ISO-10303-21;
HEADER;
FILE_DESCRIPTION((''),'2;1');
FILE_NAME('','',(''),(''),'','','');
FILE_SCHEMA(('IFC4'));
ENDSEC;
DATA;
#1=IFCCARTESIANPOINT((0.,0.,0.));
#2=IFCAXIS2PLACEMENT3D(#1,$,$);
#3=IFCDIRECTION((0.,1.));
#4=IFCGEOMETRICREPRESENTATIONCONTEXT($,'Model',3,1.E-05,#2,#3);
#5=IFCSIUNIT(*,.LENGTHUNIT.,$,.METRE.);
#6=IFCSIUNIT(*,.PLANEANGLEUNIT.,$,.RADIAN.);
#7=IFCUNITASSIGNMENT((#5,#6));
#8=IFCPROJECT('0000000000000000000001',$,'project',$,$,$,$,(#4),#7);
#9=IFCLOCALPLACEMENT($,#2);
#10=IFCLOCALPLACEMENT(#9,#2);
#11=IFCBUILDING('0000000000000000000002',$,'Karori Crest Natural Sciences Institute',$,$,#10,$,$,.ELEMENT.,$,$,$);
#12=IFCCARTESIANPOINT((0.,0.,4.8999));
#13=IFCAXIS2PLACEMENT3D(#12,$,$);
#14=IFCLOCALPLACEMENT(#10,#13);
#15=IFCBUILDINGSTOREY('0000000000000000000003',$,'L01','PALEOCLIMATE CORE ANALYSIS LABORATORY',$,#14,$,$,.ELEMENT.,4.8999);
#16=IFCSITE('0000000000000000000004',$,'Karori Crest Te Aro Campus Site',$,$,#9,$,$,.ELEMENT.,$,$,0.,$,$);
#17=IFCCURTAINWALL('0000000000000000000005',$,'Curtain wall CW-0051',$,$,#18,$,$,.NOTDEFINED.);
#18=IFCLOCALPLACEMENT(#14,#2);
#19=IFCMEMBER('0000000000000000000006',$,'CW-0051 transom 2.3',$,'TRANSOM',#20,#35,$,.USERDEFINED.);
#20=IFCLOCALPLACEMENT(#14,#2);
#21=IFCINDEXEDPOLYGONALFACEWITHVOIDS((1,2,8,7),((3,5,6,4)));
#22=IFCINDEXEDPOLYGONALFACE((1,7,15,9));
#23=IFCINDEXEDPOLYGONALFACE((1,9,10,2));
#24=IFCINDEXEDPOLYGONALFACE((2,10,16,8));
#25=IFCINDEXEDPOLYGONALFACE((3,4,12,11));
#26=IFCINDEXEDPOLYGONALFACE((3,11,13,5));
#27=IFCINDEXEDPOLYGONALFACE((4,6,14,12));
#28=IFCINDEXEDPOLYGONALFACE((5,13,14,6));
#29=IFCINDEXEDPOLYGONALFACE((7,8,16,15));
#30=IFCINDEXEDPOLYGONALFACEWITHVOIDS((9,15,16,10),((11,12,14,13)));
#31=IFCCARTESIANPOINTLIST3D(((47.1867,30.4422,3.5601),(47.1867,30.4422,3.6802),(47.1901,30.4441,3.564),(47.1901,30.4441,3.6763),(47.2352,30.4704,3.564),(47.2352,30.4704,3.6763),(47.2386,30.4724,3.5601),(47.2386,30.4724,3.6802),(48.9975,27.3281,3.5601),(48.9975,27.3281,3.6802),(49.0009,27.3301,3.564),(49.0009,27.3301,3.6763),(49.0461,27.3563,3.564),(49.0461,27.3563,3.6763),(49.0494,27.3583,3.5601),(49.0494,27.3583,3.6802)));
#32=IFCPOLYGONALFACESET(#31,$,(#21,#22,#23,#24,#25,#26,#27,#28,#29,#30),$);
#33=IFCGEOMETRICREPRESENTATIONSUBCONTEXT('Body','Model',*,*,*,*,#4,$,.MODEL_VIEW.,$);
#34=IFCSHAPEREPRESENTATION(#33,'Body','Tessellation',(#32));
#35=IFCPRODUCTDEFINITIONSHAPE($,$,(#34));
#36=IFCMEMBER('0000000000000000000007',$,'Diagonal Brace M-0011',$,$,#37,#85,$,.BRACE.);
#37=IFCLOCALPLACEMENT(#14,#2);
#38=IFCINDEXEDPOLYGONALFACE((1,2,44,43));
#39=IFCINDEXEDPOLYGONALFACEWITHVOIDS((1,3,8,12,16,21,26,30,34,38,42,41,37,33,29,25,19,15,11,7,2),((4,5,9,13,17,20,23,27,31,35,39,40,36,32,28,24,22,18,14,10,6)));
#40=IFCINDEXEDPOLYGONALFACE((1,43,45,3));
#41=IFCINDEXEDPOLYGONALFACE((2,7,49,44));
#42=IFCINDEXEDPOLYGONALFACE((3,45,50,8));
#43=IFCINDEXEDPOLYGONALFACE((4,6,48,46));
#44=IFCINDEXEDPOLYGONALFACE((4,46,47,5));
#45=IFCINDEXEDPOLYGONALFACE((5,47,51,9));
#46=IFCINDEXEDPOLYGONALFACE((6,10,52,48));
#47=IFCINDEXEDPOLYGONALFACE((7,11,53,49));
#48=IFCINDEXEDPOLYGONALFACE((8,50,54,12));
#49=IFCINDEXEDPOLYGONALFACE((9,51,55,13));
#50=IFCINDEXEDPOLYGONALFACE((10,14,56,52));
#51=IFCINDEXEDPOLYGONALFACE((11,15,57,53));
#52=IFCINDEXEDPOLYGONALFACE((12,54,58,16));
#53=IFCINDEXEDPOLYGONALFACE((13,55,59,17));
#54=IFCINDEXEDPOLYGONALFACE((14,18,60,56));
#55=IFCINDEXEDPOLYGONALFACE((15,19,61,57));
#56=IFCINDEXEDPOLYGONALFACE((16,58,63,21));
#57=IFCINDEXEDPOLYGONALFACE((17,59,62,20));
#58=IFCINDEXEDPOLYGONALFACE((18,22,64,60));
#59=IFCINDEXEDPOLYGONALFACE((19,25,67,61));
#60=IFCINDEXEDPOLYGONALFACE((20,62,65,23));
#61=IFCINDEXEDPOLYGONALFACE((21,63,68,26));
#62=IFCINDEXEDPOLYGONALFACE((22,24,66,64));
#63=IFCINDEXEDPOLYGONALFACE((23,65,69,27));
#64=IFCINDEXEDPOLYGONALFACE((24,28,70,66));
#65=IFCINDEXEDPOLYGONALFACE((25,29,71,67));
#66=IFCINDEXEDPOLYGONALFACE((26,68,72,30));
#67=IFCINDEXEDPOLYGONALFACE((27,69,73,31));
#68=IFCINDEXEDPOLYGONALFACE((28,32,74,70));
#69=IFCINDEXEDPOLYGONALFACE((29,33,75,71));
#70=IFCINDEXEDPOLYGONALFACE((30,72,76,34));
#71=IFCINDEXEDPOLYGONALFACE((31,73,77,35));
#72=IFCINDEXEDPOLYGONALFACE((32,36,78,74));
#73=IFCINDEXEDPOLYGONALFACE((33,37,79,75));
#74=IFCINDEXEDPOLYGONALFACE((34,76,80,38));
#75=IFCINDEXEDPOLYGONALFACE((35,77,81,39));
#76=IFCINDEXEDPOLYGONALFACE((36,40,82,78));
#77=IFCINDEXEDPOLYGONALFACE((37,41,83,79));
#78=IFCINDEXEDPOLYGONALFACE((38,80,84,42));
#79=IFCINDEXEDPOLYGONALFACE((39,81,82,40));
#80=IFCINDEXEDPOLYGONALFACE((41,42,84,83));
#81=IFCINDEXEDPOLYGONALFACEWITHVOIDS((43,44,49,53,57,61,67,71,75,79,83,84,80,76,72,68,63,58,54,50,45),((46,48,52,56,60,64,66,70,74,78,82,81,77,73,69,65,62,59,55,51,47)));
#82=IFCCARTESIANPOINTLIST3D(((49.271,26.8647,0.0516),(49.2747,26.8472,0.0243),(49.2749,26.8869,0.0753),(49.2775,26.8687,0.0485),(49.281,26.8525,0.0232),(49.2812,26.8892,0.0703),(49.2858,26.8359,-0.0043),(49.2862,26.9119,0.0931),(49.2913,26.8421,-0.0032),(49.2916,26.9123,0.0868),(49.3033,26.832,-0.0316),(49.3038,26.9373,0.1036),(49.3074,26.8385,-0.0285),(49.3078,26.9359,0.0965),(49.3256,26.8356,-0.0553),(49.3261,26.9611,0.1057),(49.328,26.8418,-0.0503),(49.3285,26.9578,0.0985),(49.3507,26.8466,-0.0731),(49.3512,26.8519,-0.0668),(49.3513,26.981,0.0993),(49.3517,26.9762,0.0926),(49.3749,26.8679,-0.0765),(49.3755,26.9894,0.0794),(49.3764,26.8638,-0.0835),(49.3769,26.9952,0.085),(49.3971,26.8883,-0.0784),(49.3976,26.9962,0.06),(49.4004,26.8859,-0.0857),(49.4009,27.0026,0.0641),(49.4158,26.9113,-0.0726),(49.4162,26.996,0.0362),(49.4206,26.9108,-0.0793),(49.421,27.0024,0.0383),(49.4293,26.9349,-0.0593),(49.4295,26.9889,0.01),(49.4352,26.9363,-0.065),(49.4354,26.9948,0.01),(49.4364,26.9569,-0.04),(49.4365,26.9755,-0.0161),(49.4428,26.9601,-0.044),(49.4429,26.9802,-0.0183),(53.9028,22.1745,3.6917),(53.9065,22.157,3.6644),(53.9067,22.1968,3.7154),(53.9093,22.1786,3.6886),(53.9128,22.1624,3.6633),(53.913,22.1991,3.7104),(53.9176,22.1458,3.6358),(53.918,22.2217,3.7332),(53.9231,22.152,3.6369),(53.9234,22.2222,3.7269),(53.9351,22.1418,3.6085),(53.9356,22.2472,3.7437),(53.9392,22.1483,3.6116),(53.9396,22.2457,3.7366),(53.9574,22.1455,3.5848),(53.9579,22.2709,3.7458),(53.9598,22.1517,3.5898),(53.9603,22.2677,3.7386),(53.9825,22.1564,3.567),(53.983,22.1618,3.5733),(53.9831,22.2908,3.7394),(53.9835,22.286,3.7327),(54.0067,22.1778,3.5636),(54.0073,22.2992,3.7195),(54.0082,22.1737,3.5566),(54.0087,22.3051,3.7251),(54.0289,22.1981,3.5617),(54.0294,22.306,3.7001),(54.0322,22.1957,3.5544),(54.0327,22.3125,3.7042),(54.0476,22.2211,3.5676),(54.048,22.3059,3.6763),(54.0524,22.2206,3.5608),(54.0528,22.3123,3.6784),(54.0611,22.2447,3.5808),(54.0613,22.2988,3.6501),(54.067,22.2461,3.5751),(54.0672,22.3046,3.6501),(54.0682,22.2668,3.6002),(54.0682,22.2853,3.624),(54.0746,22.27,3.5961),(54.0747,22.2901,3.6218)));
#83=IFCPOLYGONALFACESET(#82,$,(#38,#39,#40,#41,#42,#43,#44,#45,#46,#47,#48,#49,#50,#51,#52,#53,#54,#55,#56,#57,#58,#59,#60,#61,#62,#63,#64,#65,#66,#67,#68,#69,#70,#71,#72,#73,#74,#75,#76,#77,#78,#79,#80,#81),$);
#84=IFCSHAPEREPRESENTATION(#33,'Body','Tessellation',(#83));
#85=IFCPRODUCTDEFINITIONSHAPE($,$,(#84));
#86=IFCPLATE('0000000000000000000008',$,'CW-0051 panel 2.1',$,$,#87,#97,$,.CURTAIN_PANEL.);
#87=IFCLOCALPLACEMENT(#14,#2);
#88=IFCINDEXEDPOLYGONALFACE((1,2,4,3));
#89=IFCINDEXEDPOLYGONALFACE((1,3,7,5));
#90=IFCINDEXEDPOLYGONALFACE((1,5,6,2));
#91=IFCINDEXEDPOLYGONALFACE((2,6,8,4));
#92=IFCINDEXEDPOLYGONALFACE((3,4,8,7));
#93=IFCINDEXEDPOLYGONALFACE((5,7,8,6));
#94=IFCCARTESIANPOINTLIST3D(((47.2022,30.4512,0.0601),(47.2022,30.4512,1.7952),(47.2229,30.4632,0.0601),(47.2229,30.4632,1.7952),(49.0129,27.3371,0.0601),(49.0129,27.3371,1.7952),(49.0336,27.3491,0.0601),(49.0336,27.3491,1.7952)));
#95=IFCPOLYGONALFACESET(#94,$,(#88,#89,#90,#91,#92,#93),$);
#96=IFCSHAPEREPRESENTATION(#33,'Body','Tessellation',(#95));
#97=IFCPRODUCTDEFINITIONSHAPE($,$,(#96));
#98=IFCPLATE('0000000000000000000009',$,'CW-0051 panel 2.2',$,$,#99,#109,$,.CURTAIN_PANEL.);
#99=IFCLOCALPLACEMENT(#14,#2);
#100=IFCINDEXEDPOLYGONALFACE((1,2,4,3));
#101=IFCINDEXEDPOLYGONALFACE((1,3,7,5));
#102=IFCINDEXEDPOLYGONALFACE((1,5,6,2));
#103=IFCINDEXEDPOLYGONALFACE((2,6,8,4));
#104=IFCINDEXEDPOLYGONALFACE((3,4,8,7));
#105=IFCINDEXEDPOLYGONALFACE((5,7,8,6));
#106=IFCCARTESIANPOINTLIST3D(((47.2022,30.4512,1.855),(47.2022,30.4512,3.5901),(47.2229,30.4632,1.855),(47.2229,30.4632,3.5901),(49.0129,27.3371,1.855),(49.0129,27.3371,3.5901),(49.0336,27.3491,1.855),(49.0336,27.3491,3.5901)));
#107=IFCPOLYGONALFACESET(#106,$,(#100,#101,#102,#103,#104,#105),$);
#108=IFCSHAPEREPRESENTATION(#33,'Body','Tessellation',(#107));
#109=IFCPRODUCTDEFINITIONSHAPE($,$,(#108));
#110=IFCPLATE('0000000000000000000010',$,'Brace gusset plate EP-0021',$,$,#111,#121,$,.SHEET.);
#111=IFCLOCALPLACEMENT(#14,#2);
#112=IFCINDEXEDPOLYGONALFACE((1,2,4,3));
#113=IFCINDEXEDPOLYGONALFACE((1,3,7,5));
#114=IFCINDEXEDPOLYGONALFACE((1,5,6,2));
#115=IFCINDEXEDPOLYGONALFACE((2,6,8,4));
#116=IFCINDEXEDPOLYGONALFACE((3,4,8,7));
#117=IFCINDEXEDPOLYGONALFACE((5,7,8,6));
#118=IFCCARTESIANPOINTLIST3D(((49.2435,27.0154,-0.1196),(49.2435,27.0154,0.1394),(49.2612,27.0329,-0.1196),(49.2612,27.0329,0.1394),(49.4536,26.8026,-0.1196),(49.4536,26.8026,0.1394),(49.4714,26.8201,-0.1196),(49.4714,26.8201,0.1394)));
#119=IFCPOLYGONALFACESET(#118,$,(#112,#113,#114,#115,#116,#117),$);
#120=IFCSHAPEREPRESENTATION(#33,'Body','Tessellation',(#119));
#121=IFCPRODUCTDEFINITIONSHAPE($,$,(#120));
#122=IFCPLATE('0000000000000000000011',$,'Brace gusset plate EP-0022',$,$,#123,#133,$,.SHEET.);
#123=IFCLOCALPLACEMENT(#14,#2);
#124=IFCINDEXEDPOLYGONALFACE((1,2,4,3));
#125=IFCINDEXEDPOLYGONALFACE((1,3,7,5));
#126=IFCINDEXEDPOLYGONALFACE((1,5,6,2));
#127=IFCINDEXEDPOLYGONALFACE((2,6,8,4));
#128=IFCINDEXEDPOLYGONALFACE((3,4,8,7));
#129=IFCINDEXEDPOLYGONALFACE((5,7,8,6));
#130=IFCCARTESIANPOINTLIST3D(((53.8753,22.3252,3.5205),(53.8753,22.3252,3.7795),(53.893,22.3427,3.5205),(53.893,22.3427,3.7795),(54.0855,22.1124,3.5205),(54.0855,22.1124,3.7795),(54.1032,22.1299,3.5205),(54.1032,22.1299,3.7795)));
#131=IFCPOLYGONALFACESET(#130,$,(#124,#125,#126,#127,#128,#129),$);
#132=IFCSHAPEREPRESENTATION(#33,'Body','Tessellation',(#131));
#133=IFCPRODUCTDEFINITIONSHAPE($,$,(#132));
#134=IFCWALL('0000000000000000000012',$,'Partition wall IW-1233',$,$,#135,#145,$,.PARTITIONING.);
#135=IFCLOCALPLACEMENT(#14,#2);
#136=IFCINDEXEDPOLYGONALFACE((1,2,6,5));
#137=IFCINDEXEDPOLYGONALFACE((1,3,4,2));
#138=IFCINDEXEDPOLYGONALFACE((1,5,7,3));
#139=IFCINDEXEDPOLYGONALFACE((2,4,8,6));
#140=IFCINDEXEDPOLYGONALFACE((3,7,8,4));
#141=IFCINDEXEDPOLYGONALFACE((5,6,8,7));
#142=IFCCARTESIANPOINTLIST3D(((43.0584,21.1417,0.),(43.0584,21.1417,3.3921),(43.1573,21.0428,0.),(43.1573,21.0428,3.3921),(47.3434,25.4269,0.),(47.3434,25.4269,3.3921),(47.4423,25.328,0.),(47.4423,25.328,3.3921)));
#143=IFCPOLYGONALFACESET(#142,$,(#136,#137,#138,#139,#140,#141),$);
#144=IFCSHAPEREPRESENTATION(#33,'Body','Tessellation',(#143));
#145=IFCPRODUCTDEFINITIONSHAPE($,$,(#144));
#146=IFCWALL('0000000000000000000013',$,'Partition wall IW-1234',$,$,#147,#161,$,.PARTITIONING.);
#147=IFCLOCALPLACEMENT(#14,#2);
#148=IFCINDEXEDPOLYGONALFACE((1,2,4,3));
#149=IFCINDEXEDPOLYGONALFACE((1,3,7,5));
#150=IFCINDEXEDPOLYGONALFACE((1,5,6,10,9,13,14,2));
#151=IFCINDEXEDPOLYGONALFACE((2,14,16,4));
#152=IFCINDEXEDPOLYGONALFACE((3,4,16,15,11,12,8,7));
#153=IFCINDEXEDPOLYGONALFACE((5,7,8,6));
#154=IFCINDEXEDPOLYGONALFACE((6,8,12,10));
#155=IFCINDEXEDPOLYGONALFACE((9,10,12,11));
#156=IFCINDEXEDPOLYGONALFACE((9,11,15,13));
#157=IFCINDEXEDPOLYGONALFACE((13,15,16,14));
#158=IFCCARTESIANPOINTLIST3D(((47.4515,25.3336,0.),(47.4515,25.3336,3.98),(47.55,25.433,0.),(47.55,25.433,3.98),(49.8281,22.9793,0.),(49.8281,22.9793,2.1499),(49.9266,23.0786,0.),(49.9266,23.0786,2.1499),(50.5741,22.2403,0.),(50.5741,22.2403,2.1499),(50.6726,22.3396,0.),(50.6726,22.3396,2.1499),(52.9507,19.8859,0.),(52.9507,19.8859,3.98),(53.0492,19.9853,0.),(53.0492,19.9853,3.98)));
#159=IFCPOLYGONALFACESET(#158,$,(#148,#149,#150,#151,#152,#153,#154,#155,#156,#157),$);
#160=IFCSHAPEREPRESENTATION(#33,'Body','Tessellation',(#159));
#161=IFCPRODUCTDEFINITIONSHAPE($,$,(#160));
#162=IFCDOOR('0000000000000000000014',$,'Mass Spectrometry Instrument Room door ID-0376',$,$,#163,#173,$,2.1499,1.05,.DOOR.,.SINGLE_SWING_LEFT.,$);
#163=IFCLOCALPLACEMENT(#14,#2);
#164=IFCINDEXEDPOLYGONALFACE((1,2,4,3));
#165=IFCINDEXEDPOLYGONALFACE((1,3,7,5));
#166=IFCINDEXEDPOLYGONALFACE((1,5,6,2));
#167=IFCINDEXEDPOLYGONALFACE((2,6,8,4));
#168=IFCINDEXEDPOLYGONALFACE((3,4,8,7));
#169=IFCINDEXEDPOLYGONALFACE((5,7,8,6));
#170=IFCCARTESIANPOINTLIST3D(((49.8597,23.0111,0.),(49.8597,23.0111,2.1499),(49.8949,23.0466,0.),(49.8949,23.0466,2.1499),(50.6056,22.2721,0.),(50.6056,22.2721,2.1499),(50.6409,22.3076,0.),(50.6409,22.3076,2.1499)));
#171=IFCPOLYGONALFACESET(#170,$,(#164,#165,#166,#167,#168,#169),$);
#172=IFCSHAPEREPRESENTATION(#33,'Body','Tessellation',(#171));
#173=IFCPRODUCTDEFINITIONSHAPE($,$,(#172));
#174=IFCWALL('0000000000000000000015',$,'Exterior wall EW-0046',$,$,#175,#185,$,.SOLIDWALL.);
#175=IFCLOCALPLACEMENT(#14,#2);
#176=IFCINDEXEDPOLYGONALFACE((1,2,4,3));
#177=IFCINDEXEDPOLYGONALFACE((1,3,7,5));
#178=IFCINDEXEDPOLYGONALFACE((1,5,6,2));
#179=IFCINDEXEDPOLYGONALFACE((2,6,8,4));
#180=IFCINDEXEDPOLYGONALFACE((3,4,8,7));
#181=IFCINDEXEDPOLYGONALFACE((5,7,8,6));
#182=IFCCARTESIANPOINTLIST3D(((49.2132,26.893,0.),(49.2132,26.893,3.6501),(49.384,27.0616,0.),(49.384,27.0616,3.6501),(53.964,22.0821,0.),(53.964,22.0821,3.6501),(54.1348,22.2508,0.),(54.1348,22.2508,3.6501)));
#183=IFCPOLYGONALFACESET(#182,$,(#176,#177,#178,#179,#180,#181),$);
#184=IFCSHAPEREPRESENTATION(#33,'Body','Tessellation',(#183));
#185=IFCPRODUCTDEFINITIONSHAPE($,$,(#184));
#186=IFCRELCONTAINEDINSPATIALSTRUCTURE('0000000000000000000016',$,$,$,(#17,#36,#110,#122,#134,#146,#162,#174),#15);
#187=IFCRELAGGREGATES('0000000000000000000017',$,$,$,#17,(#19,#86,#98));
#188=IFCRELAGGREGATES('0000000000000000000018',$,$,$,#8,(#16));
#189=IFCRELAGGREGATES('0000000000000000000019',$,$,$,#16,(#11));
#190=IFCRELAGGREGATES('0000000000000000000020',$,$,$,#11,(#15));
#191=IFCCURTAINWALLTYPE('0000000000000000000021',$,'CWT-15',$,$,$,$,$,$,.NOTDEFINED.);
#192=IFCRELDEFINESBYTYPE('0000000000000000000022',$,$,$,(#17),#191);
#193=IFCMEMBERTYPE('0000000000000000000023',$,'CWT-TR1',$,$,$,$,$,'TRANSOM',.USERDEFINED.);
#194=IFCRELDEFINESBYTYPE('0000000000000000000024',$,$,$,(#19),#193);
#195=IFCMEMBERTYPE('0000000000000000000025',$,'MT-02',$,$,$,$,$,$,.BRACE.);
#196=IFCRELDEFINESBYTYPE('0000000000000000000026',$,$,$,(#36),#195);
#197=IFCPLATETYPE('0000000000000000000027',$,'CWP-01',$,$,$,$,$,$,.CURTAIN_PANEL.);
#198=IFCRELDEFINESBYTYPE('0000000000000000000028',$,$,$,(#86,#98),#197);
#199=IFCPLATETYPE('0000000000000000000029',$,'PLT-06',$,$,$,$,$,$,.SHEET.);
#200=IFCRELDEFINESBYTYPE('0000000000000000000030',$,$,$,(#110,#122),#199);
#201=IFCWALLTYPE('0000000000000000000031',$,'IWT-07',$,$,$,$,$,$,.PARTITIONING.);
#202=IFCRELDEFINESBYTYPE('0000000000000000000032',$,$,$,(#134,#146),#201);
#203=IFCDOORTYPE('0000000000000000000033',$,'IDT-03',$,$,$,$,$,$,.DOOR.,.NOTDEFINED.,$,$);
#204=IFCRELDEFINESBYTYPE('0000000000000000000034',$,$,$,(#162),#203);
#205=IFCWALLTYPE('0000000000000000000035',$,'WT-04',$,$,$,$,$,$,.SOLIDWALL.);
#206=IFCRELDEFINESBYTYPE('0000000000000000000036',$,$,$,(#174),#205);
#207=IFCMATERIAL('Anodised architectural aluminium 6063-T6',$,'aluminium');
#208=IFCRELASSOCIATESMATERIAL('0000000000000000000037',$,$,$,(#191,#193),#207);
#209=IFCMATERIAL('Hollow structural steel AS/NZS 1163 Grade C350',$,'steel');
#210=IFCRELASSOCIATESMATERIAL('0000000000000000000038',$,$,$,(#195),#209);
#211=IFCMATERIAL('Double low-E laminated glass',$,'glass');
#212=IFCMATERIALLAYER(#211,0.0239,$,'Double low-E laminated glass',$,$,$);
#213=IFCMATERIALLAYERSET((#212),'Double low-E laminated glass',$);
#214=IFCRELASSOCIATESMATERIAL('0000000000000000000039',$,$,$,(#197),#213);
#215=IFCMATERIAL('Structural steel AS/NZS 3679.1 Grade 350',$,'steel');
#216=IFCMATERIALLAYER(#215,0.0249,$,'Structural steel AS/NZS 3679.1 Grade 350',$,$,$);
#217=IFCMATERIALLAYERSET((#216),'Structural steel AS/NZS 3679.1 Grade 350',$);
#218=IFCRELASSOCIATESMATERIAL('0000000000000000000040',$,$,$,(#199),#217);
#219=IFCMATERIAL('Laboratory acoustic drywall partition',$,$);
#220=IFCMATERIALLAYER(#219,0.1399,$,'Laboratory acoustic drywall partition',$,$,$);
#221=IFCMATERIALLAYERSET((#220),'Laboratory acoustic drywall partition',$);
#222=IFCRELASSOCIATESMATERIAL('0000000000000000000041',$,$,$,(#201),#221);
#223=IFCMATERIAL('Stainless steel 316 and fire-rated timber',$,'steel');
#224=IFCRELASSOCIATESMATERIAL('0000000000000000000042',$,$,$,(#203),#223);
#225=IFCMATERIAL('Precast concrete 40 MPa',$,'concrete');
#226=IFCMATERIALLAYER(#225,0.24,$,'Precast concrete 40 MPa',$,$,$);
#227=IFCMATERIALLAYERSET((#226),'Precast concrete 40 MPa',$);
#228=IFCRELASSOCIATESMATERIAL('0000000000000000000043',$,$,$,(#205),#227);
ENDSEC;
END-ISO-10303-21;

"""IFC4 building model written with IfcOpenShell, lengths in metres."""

from ifc_helpers import new_model, si_unit, direction, frame, frame_2d, origin, origin_2d, place, context, subcontext, project, spatial, rectangle, hollow_rectangle, hollow_circle, extrude, material, layer, layer_set, material_profile, profile_set, type_object, element, fill, aggregate, save


model = new_model("IFC4")

# Units and contexts
model_context = context("Model", 3, precision=1e-05, world=origin(), true_north=direction((0.0, 1.0)))
body_context = subcontext(model_context, "Body", "Model", "MODEL_VIEW")
ifc_project = project(units=[si_unit("LENGTHUNIT", "METRE"), si_unit("PLANEANGLEUNIT", "RADIAN")], contexts=[model_context])

# Site, building, storey
site_placement = place(None, origin())
site = spatial("IfcSite", under=ifc_project, at=site_placement, Name="Karori Crest Te Aro Campus Site", CompositionType="ELEMENT", RefElevation=0.0)
building_placement = place(site_placement, origin())
building = spatial("IfcBuilding", under=site, at=building_placement, Name="Karori Crest Natural Sciences Institute", CompositionType="ELEMENT")
storey_placement = place(building_placement, frame((0.0, 0.0, 4.8999)))
storey = spatial("IfcBuildingStorey", under=building, at=storey_placement, Name="L01", Description="PALEOCLIMATE CORE ANALYSIS LABORATORY", CompositionType="ELEMENT", Elevation=4.8999)

# Shared definitions
ifc_material_1 = material(Name="Structural steel AS/NZS 3679.1 Grade 350", Category="steel")

# Shared definitions
ifc_material_2 = material(Name="Hollow structural steel AS/NZS 1163 Grade C350", Category="steel")

# Curtain wall
ifc_material_3 = material(Name="Anodised architectural aluminium 6063-T6", Category="aluminium")
curtain_wall_type_1 = type_object("IfcCurtainWallType", Name="CWT-15", PredefinedType="NOTDEFINED", material=ifc_material_3)
curtain_wall_1_placement = place(storey_placement, origin())
curtain_wall_1 = element("IfcCurtainWall", 1, at=curtain_wall_1_placement, inside=storey, type_object=curtain_wall_type_1, Name="Curtain wall CW-0051", PredefinedType="NOTDEFINED")

# Members
ifc_material_profile_1 = material_profile(ifc_material_3, hollow_rectangle(XDim=0.0601, YDim=0.1201, WallThickness=0.0039, at=origin_2d()), Name="CWT120x60x4")
ifc_profile_set_1 = profile_set([ifc_material_profile_1], Name="Anodised architectural aluminium 6063-T6")
member_type_1 = type_object("IfcMemberType", Name="CWT-TR1", ElementType="TRANSOM", PredefinedType="USERDEFINED", material=ifc_profile_set_1)
member_1_placement = place(storey_placement, frame((47.2126, 30.4573, 3.6201), z_axis=(0.502686, -0.864469, 0.0), x_axis=(0.864469, 0.502686, 0.0)))
member_1 = element("IfcMember", 2, at=member_1_placement, type_object=member_type_1, Name="CW-0051 transom 2.3", ObjectType="TRANSOM", PredefinedType="USERDEFINED", context=body_context, shape_type="SweptSolid", body=[
    extrude(hollow_rectangle(XDim=0.0601, YDim=0.1201, WallThickness=0.0039, at=origin_2d()), origin(), (0.0, 0.0, 1.0), 3.6023),
])
ifc_material_profile_2 = material_profile(ifc_material_2, hollow_circle(Radius=0.1096, WallThickness=0.0083, at=origin_2d()), Name="CHS219.1x8.2")
ifc_profile_set_2 = profile_set([ifc_material_profile_2], Name="Hollow structural steel AS/NZS 1163 Grade C350")
member_type_2 = type_object("IfcMemberType", Name="MT-02", PredefinedType="BRACE", material=ifc_profile_set_2)
member_2_placement = place(storey_placement, frame((49.3574, 26.9177, 0.01), z_axis=(0.61511, -0.622859, 0.483412), x_axis=(0.711519, 0.702667, 0.0)))
element("IfcMember", 3, at=member_2_placement, inside=storey, type_object=member_type_2, Name="Diagonal Brace M-0011", PredefinedType="BRACE", context=body_context, shape_type="SweptSolid", body=[
    extrude(hollow_circle(Radius=0.1096, WallThickness=0.0083, at=origin_2d()), origin(), (0.0, 0.0, 1.0), 7.53),
])

# Plates
ifc_material_4 = material(Name="Double low-E laminated glass", Category="glass")
ifc_layer_1 = layer(ifc_material_4, 0.0239, Name="Double low-E laminated glass")
ifc_layer_set_1 = layer_set([ifc_layer_1], Name="Double low-E laminated glass")
plate_type_1 = type_object("IfcPlateType", Name="CWP-01", PredefinedType="CURTAIN_PANEL", material=ifc_layer_set_1)
plate_1_placement = place(storey_placement, frame((48.1179, 28.9001, 0.0601), z_axis=(0.0, 0.0, 1.0), x_axis=(0.50266, -0.864484, 0.0)))
plate_1 = element("IfcPlate", 4, at=plate_1_placement, type_object=plate_type_1, Name="CW-0051 panel 2.1", PredefinedType="CURTAIN_PANEL", context=body_context, shape_type="SweptSolid", body=[
    extrude(rectangle(XDim=3.6023, YDim=0.0239, at=origin_2d()), origin(), (0.0, 0.0, 1.0), 1.7351),
])
plate_2_placement = place(storey_placement, frame((48.1179, 28.9001, 1.855), z_axis=(0.0, 0.0, 1.0), x_axis=(0.50266, -0.864484, 0.0)))
plate_2 = element("IfcPlate", 5, at=plate_2_placement, type_object=plate_type_1, Name="CW-0051 panel 2.2", PredefinedType="CURTAIN_PANEL", context=body_context, shape_type="SweptSolid", body=[
    extrude(rectangle(XDim=3.6023, YDim=0.0239, at=origin_2d()), origin(), (0.0, 0.0, 1.0), 1.7351),
])
aggregate(curtain_wall_1, [member_1, plate_1, plate_2])

# Plates
ifc_layer_2 = layer(ifc_material_1, 0.0249, Name="Structural steel AS/NZS 3679.1 Grade 350")
ifc_layer_set_2 = layer_set([ifc_layer_2], Name="Structural steel AS/NZS 3679.1 Grade 350")
plate_type_2 = type_object("IfcPlateType", Name="PLT-06", PredefinedType="SHEET", material=ifc_layer_set_2)
for number, where, z_axis, x_axis, name in (
    (6, (49.3574, 26.9177, -0.1196), (0.0, 0.0, 1.0), (-0.702664, 0.711522, 0.0), "Brace gusset plate EP-0021"),
    (7, (53.9893, 22.2275, 3.5205), (0.0, 0.0, 1.0), (-0.702664, 0.711522, 0.0), "Brace gusset plate EP-0022"),
):
    element("IfcPlate", number, at=place(storey_placement, frame(where, z_axis=z_axis, x_axis=x_axis)), inside=storey, type_object=plate_type_2, Name=name, PredefinedType="SHEET", context=body_context, shape_type="SweptSolid", body=[
        extrude(rectangle(XDim=0.2991, YDim=0.0249, at=origin_2d()), origin(), (0.0, 0.0, 1.0), 0.259),
    ])

# Wall
ifc_material_5 = material(Name="Laboratory acoustic drywall partition")
ifc_layer_3 = layer(ifc_material_5, 0.1399, Name="Laboratory acoustic drywall partition")
ifc_layer_set_3 = layer_set([ifc_layer_3], Name="Laboratory acoustic drywall partition")
wall_type_1 = type_object("IfcWallType", Name="IWT-07", PredefinedType="PARTITIONING", material=ifc_layer_set_3)
wall_1_placement = place(storey_placement, frame((47.3928, 25.3774, 0.0), z_axis=(0.0, 0.0, 1.0), x_axis=(-0.707087, -0.707127, 0.0)))
element("IfcWall", 8, at=wall_1_placement, inside=storey, type_object=wall_type_1, Name="Partition wall IW-1233", PredefinedType="PARTITIONING", context=body_context, shape_type="SweptSolid", body=[
    extrude(rectangle(XDim=6.0601, YDim=0.1399, at=frame_2d((3.03, 0.0))), origin(), (0.0, 0.0, 1.0), 3.3921),
])

# Wall, opening, door
wall_2_placement = place(storey_placement, frame((47.5007, 25.3833, 0.0), z_axis=(0.0, 0.0, 1.0), x_axis=(0.710426, -0.703772, 0.0)))
wall_2 = element("IfcWall", 9, at=wall_2_placement, inside=storey, type_object=wall_type_1, Name="Partition wall IW-1234", PredefinedType="PARTITIONING", context=body_context, shape_type="SweptSolid", body=[
    extrude(rectangle(XDim=7.7407, YDim=0.1399, at=frame_2d((3.8704, 0.0))), origin(), (0.0, 0.0, 1.0), 3.98),
])
opening_placement = place(wall_2_placement, frame((3.3455, 0.0, 0.0)))
opening = element("IfcOpeningElement", 10, at=opening_placement, cuts=wall_2, PredefinedType="OPENING", context=body_context, shape_type="SweptSolid", body=[
    extrude(rectangle(XDim=1.05, YDim=2.1499, at=frame_2d((0.5249, 1.075))), frame((0.0, 0.0801, 0.0), z_axis=(0.0, -1.0, 0.0), x_axis=(1.0, 0.0, 0.0)), (0.0, 0.0, 1.0), 0.1599),
])
ifc_material_6 = material(Name="Stainless steel 316 and fire-rated timber", Category="steel")
door_type = type_object("IfcDoorType", Name="IDT-03", OperationType="NOTDEFINED", PredefinedType="DOOR", material=ifc_material_6)
door_placement = place(opening_placement, origin())
door = element("IfcDoor", 11, at=door_placement, inside=storey, type_object=door_type, Name="Mass Spectrometry Instrument Room door ID-0376", OperationType="SINGLE_SWING_LEFT", OverallHeight=2.1499, OverallWidth=1.05, PredefinedType="DOOR", context=body_context, shape_type="SweptSolid", body=[
    extrude(rectangle(XDim=1.05, YDim=2.1499, at=frame_2d((0.5249, 1.075))), frame((0.0, 0.0249, 0.0), z_axis=(0.0, -1.0, 0.0), x_axis=(1.0, 0.0, 0.0)), (0.0, 0.0, 1.0), 0.05),
])
fill(opening, door)

# Wall
ifc_material_7 = material(Name="Precast concrete 40 MPa", Category="concrete")
ifc_layer_4 = layer(ifc_material_7, 0.24, Name="Precast concrete 40 MPa")
ifc_layer_set_4 = layer_set([ifc_layer_4], Name="Precast concrete 40 MPa")
wall_type_2 = type_object("IfcWallType", Name="WT-04", PredefinedType="SOLIDWALL", material=ifc_layer_set_4)
wall_3_placement = place(storey_placement, frame((49.2986, 26.9773, 0.0), z_axis=(0.0, 0.0, 1.0), x_axis=(0.702651, -0.711534, 0.0)))
element("IfcWall", 12, at=wall_3_placement, inside=storey, type_object=wall_type_2, Name="Exterior wall EW-0046", PredefinedType="SOLIDWALL", context=body_context, shape_type="SweptSolid", body=[
    extrude(rectangle(XDim=6.7612, YDim=0.24, at=frame_2d((3.3806, 0.0))), origin(), (0.0, 0.0, 1.0), 3.6501),
])

save(model, "model.ifc")
